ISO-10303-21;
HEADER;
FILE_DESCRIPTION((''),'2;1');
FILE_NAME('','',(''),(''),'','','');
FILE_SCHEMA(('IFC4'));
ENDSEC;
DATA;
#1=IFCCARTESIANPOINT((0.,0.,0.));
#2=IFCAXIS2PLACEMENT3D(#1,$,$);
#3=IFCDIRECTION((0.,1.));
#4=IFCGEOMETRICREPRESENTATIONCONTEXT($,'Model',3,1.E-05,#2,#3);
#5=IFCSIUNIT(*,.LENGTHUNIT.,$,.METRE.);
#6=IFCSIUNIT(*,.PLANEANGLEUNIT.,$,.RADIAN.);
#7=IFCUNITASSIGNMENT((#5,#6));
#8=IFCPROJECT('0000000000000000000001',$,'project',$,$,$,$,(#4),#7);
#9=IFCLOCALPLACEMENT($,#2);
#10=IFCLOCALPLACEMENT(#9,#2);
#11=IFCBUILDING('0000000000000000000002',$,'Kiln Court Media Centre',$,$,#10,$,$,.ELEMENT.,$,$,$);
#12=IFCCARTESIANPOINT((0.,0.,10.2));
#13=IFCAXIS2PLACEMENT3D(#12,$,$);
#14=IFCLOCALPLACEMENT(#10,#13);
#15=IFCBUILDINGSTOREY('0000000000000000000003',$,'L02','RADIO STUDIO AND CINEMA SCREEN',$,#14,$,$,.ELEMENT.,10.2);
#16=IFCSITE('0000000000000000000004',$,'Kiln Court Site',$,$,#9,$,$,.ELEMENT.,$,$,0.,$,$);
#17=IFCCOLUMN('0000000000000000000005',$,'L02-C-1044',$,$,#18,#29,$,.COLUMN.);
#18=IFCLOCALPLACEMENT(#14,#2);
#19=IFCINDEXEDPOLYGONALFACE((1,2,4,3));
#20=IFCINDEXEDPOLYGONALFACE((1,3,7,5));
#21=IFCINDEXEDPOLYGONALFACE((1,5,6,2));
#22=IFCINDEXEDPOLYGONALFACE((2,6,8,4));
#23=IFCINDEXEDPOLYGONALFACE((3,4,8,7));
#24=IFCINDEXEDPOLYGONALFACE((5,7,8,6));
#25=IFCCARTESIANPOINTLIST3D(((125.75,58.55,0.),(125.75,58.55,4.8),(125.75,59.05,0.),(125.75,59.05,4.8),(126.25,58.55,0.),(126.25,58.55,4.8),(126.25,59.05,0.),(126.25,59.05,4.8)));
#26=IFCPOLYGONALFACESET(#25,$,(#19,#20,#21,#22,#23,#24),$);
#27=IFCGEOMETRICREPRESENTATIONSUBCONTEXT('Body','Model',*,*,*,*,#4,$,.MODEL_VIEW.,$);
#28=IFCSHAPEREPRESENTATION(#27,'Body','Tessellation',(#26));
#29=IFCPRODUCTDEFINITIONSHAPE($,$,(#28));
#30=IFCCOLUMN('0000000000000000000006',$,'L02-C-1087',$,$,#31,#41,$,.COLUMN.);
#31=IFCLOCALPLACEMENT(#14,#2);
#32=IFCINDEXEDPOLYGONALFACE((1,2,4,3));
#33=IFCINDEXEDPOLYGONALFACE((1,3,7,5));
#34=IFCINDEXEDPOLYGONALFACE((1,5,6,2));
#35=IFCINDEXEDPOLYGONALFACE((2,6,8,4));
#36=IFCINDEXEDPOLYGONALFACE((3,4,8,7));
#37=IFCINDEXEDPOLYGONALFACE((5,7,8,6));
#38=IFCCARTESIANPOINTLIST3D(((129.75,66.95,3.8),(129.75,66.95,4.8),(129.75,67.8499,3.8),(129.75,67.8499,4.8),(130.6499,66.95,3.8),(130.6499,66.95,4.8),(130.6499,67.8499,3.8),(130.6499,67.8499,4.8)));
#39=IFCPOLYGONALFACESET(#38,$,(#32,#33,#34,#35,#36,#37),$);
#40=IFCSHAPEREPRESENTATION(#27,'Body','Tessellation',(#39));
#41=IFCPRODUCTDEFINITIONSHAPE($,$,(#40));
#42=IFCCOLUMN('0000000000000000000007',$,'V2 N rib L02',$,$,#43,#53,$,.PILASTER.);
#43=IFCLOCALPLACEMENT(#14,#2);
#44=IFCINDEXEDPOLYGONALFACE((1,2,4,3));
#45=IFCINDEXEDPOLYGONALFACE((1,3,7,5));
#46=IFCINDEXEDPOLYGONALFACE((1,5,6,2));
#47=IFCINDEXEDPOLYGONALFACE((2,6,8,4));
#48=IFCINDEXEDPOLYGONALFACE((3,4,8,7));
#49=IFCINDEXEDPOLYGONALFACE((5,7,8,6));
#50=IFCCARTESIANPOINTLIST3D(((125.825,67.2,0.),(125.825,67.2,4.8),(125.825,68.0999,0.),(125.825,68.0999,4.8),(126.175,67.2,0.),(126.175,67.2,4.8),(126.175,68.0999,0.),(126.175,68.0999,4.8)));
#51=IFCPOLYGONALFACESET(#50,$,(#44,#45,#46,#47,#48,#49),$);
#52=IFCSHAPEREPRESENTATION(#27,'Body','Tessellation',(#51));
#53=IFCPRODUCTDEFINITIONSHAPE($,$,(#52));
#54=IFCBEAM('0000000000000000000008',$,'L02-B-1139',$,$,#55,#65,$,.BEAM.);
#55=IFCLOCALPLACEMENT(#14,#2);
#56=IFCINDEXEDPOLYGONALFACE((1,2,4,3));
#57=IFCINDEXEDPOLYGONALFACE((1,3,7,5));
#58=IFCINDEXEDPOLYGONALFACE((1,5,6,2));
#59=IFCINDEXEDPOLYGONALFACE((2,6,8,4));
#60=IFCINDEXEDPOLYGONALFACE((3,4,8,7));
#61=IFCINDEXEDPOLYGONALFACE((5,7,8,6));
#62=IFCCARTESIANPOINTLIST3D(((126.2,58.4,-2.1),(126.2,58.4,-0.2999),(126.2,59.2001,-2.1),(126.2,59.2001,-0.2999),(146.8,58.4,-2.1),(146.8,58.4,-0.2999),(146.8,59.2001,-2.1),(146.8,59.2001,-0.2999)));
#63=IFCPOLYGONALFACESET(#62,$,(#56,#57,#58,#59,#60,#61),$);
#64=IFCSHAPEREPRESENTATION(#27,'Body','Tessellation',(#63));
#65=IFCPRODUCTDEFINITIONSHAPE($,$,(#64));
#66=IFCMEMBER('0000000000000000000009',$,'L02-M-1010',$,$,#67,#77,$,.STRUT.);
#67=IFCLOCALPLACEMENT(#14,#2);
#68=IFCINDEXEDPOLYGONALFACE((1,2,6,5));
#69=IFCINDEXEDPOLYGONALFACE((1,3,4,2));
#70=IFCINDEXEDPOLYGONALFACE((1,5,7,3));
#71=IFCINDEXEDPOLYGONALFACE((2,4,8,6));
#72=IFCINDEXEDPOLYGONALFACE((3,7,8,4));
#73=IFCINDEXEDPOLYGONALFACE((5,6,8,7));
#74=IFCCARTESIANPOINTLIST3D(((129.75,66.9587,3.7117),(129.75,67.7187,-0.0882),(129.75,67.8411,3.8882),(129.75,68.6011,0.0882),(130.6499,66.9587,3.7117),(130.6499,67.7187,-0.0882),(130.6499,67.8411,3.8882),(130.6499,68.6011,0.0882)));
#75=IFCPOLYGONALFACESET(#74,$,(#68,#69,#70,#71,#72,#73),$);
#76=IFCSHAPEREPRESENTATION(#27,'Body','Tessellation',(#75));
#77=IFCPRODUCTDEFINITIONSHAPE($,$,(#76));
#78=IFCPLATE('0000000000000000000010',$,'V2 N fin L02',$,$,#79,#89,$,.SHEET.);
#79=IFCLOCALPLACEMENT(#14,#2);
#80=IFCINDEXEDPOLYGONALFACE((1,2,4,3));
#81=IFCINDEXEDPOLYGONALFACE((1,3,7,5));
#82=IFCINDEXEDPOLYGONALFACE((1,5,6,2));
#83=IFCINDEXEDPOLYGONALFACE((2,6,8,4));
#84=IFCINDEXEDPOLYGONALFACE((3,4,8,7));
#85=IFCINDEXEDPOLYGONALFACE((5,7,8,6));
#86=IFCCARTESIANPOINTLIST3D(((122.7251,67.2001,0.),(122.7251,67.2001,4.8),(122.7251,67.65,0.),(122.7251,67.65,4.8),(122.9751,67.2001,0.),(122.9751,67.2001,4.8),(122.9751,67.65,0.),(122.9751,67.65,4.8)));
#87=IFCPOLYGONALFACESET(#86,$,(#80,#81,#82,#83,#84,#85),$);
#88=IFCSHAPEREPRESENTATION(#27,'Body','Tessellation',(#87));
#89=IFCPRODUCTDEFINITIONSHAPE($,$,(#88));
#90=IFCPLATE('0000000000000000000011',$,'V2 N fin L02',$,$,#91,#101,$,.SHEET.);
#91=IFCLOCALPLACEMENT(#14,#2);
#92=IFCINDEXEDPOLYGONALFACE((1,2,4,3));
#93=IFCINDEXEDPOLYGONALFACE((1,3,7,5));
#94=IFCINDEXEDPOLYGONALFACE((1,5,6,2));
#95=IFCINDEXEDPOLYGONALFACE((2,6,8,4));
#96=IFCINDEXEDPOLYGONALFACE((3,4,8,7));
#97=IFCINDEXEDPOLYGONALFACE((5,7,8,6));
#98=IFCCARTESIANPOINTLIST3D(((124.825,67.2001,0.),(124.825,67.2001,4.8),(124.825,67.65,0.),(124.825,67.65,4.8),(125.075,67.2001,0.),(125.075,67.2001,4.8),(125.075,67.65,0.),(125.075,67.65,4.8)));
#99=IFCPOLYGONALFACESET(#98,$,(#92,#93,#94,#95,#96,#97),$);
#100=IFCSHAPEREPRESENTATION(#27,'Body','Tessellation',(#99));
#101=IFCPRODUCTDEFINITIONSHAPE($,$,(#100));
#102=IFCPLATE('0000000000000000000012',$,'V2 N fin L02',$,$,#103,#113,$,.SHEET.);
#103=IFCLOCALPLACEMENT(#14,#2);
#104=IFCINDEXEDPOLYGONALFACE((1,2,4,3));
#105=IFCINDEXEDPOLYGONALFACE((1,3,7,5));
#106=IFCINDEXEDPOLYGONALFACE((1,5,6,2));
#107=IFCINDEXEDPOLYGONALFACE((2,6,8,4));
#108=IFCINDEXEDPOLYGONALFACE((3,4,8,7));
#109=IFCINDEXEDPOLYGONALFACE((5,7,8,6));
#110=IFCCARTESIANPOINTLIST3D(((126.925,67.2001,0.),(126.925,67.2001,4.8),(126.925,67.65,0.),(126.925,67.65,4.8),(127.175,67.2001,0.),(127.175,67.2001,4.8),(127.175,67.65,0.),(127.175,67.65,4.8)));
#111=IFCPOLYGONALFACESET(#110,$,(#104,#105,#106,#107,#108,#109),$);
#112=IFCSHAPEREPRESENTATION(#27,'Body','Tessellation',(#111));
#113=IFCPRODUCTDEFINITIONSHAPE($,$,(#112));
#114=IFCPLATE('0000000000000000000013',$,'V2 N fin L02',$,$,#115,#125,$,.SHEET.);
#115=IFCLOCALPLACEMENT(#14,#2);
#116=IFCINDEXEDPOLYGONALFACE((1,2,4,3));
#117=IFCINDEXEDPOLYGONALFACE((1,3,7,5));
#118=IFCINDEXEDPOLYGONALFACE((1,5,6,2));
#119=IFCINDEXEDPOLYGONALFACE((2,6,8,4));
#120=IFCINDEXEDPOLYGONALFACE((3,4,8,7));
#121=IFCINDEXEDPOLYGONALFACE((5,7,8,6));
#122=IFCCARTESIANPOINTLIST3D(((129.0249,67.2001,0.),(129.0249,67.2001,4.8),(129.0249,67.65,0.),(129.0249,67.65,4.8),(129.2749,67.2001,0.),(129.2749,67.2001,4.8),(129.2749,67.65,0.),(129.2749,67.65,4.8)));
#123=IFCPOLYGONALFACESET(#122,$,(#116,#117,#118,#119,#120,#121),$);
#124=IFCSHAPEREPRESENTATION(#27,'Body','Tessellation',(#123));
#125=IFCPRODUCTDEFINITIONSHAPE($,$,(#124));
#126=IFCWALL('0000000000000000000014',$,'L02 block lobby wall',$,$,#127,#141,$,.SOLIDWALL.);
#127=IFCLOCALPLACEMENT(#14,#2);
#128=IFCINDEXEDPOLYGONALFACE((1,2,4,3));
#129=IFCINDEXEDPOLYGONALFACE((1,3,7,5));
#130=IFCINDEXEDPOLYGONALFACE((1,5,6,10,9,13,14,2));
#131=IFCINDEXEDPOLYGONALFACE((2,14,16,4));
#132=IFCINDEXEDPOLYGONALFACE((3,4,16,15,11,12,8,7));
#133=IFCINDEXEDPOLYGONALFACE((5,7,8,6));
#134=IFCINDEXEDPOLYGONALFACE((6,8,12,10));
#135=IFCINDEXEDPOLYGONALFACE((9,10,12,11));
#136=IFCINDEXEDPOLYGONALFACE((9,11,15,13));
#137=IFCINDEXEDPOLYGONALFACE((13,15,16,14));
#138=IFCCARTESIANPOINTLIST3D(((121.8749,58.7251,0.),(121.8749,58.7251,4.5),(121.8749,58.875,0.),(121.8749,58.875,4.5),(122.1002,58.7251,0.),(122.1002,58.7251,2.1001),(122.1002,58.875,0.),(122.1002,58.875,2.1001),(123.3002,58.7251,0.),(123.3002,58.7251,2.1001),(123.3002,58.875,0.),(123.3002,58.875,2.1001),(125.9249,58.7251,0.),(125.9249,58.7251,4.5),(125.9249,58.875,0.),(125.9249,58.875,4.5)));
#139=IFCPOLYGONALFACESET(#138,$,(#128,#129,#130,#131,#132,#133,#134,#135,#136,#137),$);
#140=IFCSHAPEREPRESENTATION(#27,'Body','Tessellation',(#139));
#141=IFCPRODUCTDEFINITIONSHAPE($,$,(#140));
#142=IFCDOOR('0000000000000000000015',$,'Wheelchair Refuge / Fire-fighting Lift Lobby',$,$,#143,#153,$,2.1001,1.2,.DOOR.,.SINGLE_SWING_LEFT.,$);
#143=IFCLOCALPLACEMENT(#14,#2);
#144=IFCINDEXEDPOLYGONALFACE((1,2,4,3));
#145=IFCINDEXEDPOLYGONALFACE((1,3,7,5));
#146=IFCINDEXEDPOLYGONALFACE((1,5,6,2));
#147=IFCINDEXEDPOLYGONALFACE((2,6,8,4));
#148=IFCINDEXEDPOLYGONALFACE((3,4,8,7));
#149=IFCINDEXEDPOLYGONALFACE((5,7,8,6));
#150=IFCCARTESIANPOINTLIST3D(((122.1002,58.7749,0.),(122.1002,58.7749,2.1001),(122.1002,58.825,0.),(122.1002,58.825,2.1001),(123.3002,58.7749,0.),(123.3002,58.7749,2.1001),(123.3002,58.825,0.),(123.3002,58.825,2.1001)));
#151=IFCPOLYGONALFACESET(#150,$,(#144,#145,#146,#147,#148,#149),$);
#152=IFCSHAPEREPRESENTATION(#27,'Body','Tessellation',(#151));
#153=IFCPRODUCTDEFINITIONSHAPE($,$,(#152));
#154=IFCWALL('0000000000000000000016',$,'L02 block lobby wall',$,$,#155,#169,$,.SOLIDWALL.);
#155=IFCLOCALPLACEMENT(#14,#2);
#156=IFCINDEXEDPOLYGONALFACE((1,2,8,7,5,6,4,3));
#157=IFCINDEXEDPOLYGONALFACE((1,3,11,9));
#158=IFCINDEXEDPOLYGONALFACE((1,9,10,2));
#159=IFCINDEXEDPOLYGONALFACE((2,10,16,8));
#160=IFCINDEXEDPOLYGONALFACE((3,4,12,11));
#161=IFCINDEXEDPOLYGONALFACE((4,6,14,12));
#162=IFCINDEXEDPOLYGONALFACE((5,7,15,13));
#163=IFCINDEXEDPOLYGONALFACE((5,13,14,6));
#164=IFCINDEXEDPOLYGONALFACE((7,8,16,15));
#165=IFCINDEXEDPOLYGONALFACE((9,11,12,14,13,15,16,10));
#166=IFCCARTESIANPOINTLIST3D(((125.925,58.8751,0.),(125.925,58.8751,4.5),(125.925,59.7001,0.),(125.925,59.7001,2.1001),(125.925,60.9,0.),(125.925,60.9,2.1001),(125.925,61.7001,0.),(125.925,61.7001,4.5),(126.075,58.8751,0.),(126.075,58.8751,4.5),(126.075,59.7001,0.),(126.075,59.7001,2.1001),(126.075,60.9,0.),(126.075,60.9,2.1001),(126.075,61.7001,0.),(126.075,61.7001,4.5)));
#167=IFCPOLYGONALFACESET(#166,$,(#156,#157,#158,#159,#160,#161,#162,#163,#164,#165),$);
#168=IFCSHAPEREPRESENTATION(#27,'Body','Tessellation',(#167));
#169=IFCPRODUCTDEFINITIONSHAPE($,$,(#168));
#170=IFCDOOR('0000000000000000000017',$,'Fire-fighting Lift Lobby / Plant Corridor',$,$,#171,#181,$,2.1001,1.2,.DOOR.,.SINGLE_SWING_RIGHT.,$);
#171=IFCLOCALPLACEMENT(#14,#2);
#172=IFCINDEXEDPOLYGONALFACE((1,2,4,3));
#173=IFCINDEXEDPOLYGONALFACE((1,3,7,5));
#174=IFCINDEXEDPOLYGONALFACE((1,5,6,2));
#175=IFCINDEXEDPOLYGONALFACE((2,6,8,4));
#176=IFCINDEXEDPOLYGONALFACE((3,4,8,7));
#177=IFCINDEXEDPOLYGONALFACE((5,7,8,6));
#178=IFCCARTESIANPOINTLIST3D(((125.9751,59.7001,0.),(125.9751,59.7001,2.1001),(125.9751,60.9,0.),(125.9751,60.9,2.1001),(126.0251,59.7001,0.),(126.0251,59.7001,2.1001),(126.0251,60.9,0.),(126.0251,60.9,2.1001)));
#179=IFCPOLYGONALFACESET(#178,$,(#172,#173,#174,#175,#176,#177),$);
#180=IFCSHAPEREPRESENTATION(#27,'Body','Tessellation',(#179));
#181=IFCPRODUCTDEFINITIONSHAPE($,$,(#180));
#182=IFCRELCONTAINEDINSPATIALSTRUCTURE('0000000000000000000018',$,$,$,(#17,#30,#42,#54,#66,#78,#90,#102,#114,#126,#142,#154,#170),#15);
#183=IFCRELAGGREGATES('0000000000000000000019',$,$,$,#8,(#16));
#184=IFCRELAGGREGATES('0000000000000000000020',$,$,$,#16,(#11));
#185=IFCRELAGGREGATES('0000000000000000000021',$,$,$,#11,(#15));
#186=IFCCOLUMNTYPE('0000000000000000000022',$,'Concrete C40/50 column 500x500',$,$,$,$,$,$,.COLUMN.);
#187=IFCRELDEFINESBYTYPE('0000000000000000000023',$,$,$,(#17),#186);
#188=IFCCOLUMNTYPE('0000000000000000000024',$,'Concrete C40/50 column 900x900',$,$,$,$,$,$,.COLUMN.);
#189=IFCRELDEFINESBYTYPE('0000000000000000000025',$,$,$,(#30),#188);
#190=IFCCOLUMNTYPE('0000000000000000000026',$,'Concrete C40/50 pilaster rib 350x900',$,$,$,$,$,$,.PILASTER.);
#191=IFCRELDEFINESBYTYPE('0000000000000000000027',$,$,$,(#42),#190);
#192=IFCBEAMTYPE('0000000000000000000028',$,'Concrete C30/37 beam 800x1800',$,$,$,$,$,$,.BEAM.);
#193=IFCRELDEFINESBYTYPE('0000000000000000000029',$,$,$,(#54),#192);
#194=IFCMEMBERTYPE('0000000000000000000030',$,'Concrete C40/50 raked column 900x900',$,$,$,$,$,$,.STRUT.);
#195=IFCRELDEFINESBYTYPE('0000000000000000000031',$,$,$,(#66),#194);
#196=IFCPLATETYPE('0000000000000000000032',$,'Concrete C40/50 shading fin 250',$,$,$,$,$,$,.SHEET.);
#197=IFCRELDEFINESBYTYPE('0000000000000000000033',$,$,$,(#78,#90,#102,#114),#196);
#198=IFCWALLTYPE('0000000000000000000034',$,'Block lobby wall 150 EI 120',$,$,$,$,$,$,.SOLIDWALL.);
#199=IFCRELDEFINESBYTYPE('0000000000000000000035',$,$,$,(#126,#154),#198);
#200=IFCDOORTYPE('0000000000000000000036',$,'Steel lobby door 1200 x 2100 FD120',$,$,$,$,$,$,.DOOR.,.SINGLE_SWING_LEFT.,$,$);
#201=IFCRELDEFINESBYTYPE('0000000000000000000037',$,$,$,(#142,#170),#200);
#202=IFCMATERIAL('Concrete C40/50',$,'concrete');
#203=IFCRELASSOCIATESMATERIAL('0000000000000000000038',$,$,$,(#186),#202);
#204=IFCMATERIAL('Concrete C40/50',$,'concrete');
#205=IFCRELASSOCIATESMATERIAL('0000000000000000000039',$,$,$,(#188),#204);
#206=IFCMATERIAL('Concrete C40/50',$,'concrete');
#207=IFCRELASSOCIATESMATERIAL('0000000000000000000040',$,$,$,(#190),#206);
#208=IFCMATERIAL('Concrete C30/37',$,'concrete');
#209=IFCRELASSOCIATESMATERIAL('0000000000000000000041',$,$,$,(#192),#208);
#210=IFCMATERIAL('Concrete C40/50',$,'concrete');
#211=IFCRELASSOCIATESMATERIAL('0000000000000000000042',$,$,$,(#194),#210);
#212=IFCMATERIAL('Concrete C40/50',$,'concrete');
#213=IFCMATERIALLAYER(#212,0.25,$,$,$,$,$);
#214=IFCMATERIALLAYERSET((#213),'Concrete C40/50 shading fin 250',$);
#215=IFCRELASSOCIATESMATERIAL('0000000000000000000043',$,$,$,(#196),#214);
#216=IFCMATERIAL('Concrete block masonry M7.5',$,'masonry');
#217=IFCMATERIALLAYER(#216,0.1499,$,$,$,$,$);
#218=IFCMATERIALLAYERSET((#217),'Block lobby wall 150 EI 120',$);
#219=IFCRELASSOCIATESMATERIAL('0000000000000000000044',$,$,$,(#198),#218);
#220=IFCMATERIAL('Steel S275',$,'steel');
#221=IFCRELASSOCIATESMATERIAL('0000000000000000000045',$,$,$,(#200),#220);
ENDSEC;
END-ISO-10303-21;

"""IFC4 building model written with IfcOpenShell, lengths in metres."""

from ifc_helpers import new_model, si_unit, direction, frame, frame_2d, origin, origin_2d, place, context, subcontext, project, spatial, rectangle, extrude, material, layer, layer_set, material_profile, profile_set, type_object, element, fill, save


model = new_model("IFC4")

# Units and contexts
model_context = context("Model", 3, precision=1e-05, world=origin(), true_north=direction((0.0, 1.0)))
body_context = subcontext(model_context, "Body", "Model", "MODEL_VIEW")
ifc_project = project(units=[si_unit("LENGTHUNIT", "METRE"), si_unit("PLANEANGLEUNIT", "RADIAN")], contexts=[model_context])

# Site, building, storey
site_placement = place(None, origin())
site = spatial("IfcSite", under=ifc_project, at=site_placement, Name="Kiln Court Site", CompositionType="ELEMENT", RefElevation=0.0)
building_placement = place(site_placement, origin())
building = spatial("IfcBuilding", under=site, at=building_placement, Name="Kiln Court Media Centre", CompositionType="ELEMENT")
storey_placement = place(building_placement, frame((0.0, 0.0, 10.2)))
storey = spatial("IfcBuildingStorey", under=building, at=storey_placement, Name="L02", Description="RADIO STUDIO AND CINEMA SCREEN", CompositionType="ELEMENT", Elevation=10.2)

# Columns
ifc_material_1 = material(Name="Concrete C40/50", Category="concrete")
ifc_material_profile_1 = material_profile(ifc_material_1, rectangle(XDim=0.5, YDim=0.5, at=origin_2d()), Name="RC 500x500")
ifc_profile_set_1 = profile_set([ifc_material_profile_1], Name="Concrete C40/50")
column_type_1 = type_object("IfcColumnType", Name="Concrete C40/50 column 500x500", PredefinedType="COLUMN", material=ifc_profile_set_1)
column_1_placement = place(storey_placement, frame((126.0, 58.8, 0.0), z_axis=(0.0, 0.0, 1.0), x_axis=(1.0, 0.0, 0.0)))
element("IfcColumn", 1, at=column_1_placement, inside=storey, type_object=column_type_1, Name="L02-C-1044", PredefinedType="COLUMN", context=body_context, shape_type="SweptSolid", body=[
    extrude(rectangle(XDim=0.5, YDim=0.5, at=origin_2d()), origin(), (0.0, 0.0, 1.0), 4.8),
])
ifc_material_2 = material(Name="Concrete C40/50", Category="concrete")
ifc_material_profile_2 = material_profile(ifc_material_2, rectangle(XDim=0.8999, YDim=0.8999, at=origin_2d()), Name="RC 900x900")
ifc_profile_set_2 = profile_set([ifc_material_profile_2], Name="Concrete C40/50")
column_type_2 = type_object("IfcColumnType", Name="Concrete C40/50 column 900x900", PredefinedType="COLUMN", material=ifc_profile_set_2)
column_2_placement = place(storey_placement, frame((130.2, 67.3999, 3.8), z_axis=(0.0, 0.0, 1.0), x_axis=(1.0, 0.0, 0.0)))
element("IfcColumn", 2, at=column_2_placement, inside=storey, type_object=column_type_2, Name="L02-C-1087", PredefinedType="COLUMN", context=body_context, shape_type="SweptSolid", body=[
    extrude(rectangle(XDim=0.8999, YDim=0.8999, at=origin_2d()), origin(), (0.0, 0.0, 1.0), 1.0),
])
ifc_material_3 = material(Name="Concrete C40/50", Category="concrete")
ifc_material_profile_3 = material_profile(ifc_material_3, rectangle(XDim=0.3501, YDim=0.8999, at=origin_2d()), Name="RC 350x900")
ifc_profile_set_3 = profile_set([ifc_material_profile_3], Name="Concrete C40/50")
column_type_3 = type_object("IfcColumnType", Name="Concrete C40/50 pilaster rib 350x900", PredefinedType="PILASTER", material=ifc_profile_set_3)
column_3_placement = place(storey_placement, frame((126.0, 67.6499, 0.0), z_axis=(0.0, 0.0, 1.0), x_axis=(1.0, 0.0, 0.0)))
element("IfcColumn", 3, at=column_3_placement, inside=storey, type_object=column_type_3, Name="V2 N rib L02", PredefinedType="PILASTER", context=body_context, shape_type="SweptSolid", body=[
    extrude(rectangle(XDim=0.3501, YDim=0.8999, at=origin_2d()), origin(), (0.0, 0.0, 1.0), 4.8),
])

# Beam
ifc_material_4 = material(Name="Concrete C30/37", Category="concrete")
ifc_material_profile_4 = material_profile(ifc_material_4, rectangle(XDim=0.8, YDim=1.8, at=origin_2d()), Name="RC 800x1800")
ifc_profile_set_4 = profile_set([ifc_material_profile_4], Name="Concrete C30/37")
beam_type = type_object("IfcBeamType", Name="Concrete C30/37 beam 800x1800", PredefinedType="BEAM", material=ifc_profile_set_4)
beam_placement = place(storey_placement, frame((126.2, 58.8, -1.2), z_axis=(1.0, 0.0, 0.0), x_axis=(0.0, 1.0, 0.0)))
element("IfcBeam", 4, at=beam_placement, inside=storey, type_object=beam_type, Name="L02-B-1139", PredefinedType="BEAM", context=body_context, shape_type="SweptSolid", body=[
    extrude(rectangle(XDim=0.8, YDim=1.8, at=origin_2d()), origin(), (0.0, 0.0, 1.0), 20.6001),
])

# Member
ifc_material_5 = material(Name="Concrete C40/50", Category="concrete")
ifc_material_profile_5 = material_profile(ifc_material_5, rectangle(XDim=0.8999, YDim=0.8999, at=origin_2d()), Name="RC 900x900")
ifc_profile_set_5 = profile_set([ifc_material_profile_5], Name="Concrete C40/50")
member_type = type_object("IfcMemberType", Name="Concrete C40/50 raked column 900x900", PredefinedType="STRUT", material=ifc_profile_set_5)
member_placement = place(storey_placement, frame((130.2, 68.1599, 0.0), z_axis=(0.0, -0.196116, 0.980581), x_axis=(1.0, 0.0, 0.0)))
element("IfcMember", 5, at=member_placement, inside=storey, type_object=member_type, Name="L02-M-1010", PredefinedType="STRUT", context=body_context, shape_type="SweptSolid", body=[
    extrude(rectangle(XDim=0.8999, YDim=0.8999, at=origin_2d()), origin(), (0.0, 0.0, 1.0), 3.8752),
])

# Plates
ifc_material_6 = material(Name="Concrete C40/50", Category="concrete")
ifc_layer_1 = layer(ifc_material_6, 0.25)
ifc_layer_set_1 = layer_set([ifc_layer_1], Name="Concrete C40/50 shading fin 250")
plate_type = type_object("IfcPlateType", Name="Concrete C40/50 shading fin 250", PredefinedType="SHEET", material=ifc_layer_set_1)
for number, where, z_axis, x_axis, name in (
    (6, (122.8501, 67.425, 0.0), (0.0, 0.0, 1.0), (1.0, 0.0, 0.0), "V2 N fin L02"),
    (7, (124.95, 67.425, 0.0), (0.0, 0.0, 1.0), (1.0, 0.0, 0.0), "V2 N fin L02"),
    (8, (127.05, 67.425, 0.0), (0.0, 0.0, 1.0), (1.0, 0.0, 0.0), "V2 N fin L02"),
    (9, (129.1499, 67.425, 0.0), (0.0, 0.0, 1.0), (1.0, 0.0, 0.0), "V2 N fin L02"),
):
    element("IfcPlate", number, at=place(storey_placement, frame(where, z_axis=z_axis, x_axis=x_axis)), inside=storey, type_object=plate_type, Name=name, PredefinedType="SHEET", context=body_context, shape_type="SweptSolid", body=[
        extrude(rectangle(XDim=0.25, YDim=0.45, at=origin_2d()), origin(), (0.0, 0.0, 1.0), 4.8),
    ])

# Walls, openings, doors
ifc_material_7 = material(Name="Concrete block masonry M7.5", Category="masonry")
ifc_layer_2 = layer(ifc_material_7, 0.1499)
ifc_layer_set_2 = layer_set([ifc_layer_2], Name="Block lobby wall 150 EI 120")
wall_type_1 = type_object("IfcWallType", Name="Block lobby wall 150 EI 120", PredefinedType="SOLIDWALL", material=ifc_layer_set_2)
wall_1_placement = place(storey_placement, frame((121.875, 58.8, 0.0), z_axis=(0.0, 0.0, 1.0), x_axis=(1.0, 0.0, 0.0)))
wall_1 = element("IfcWall", 10, at=wall_1_placement, inside=storey, type_object=wall_type_1, Name="L02 block lobby wall", PredefinedType="SOLIDWALL", context=body_context, shape_type="SweptSolid", body=[
    extrude(rectangle(XDim=4.05, YDim=0.1499, at=frame_2d((2.0249, 0.0))), origin(), (0.0, 0.0, 1.0), 4.5),
])
opening_1_placement = place(wall_1_placement, frame((0.2251, 0.0, 0.0)))
opening_1 = element("IfcOpeningElement", 11, at=opening_1_placement, cuts=wall_1, PredefinedType="OPENING", context=body_context, shape_type="SweptSolid", body=[
    extrude(rectangle(XDim=1.2, YDim=2.1001, at=frame_2d((0.6001, 1.05))), frame((0.0, 0.085, 0.0), z_axis=(0.0, -1.0, 0.0), x_axis=(1.0, 0.0, 0.0)), (0.0, 0.0, 1.0), 0.1699),
])
ifc_material_8 = material(Name="Steel S275", Category="steel")
door_type_1 = type_object("IfcDoorType", Name="Steel lobby door 1200 x 2100 FD120", OperationType="SINGLE_SWING_LEFT", PredefinedType="DOOR", material=ifc_material_8)
door_1_placement = place(opening_1_placement, origin())
door_1 = element("IfcDoor", 12, at=door_1_placement, inside=storey, type_object=door_type_1, Name="Wheelchair Refuge / Fire-fighting Lift Lobby", OperationType="SINGLE_SWING_LEFT", OverallHeight=2.1001, OverallWidth=1.2, PredefinedType="DOOR", context=body_context, shape_type="SweptSolid", body=[
    extrude(rectangle(XDim=1.2, YDim=2.1001, at=frame_2d((0.6001, 1.05))), frame((0.0, 0.0249, 0.0), z_axis=(0.0, -1.0, 0.0), x_axis=(1.0, 0.0, 0.0)), (0.0, 0.0, 1.0), 0.05),
])
fill(opening_1, door_1)
wall_2_placement = place(storey_placement, frame((126.0, 58.875, 0.0), z_axis=(0.0, 0.0, 1.0), x_axis=(0.0, 1.0, 0.0)))
wall_2 = element("IfcWall", 13, at=wall_2_placement, inside=storey, type_object=wall_type_1, Name="L02 block lobby wall", PredefinedType="SOLIDWALL", context=body_context, shape_type="SweptSolid", body=[
    extrude(rectangle(XDim=2.825, YDim=0.1499, at=frame_2d((1.4126, 0.0))), origin(), (0.0, 0.0, 1.0), 4.5),
])
opening_2_placement = place(wall_2_placement, frame((0.825, 0.0, 0.0)))
opening_2 = element("IfcOpeningElement", 14, at=opening_2_placement, cuts=wall_2, PredefinedType="OPENING", context=body_context, shape_type="SweptSolid", body=[
    extrude(rectangle(XDim=1.2, YDim=2.1001, at=frame_2d((0.6001, 1.05))), frame((0.0, 0.085, 0.0), z_axis=(0.0, -1.0, 0.0), x_axis=(1.0, 0.0, 0.0)), (0.0, 0.0, 1.0), 0.1699),
])
door_2_placement = place(opening_2_placement, origin())
door_2 = element("IfcDoor", 15, at=door_2_placement, inside=storey, type_object=door_type_1, Name="Fire-fighting Lift Lobby / Plant Corridor", OperationType="SINGLE_SWING_RIGHT", OverallHeight=2.1001, OverallWidth=1.2, PredefinedType="DOOR", context=body_context, shape_type="SweptSolid", body=[
    extrude(rectangle(XDim=1.2, YDim=2.1001, at=frame_2d((0.6001, 1.05))), frame((0.0, 0.0249, 0.0), z_axis=(0.0, -1.0, 0.0), x_axis=(1.0, 0.0, 0.0)), (0.0, 0.0, 1.0), 0.05),
])
fill(opening_2, door_2)

save(model, "model.ifc")
